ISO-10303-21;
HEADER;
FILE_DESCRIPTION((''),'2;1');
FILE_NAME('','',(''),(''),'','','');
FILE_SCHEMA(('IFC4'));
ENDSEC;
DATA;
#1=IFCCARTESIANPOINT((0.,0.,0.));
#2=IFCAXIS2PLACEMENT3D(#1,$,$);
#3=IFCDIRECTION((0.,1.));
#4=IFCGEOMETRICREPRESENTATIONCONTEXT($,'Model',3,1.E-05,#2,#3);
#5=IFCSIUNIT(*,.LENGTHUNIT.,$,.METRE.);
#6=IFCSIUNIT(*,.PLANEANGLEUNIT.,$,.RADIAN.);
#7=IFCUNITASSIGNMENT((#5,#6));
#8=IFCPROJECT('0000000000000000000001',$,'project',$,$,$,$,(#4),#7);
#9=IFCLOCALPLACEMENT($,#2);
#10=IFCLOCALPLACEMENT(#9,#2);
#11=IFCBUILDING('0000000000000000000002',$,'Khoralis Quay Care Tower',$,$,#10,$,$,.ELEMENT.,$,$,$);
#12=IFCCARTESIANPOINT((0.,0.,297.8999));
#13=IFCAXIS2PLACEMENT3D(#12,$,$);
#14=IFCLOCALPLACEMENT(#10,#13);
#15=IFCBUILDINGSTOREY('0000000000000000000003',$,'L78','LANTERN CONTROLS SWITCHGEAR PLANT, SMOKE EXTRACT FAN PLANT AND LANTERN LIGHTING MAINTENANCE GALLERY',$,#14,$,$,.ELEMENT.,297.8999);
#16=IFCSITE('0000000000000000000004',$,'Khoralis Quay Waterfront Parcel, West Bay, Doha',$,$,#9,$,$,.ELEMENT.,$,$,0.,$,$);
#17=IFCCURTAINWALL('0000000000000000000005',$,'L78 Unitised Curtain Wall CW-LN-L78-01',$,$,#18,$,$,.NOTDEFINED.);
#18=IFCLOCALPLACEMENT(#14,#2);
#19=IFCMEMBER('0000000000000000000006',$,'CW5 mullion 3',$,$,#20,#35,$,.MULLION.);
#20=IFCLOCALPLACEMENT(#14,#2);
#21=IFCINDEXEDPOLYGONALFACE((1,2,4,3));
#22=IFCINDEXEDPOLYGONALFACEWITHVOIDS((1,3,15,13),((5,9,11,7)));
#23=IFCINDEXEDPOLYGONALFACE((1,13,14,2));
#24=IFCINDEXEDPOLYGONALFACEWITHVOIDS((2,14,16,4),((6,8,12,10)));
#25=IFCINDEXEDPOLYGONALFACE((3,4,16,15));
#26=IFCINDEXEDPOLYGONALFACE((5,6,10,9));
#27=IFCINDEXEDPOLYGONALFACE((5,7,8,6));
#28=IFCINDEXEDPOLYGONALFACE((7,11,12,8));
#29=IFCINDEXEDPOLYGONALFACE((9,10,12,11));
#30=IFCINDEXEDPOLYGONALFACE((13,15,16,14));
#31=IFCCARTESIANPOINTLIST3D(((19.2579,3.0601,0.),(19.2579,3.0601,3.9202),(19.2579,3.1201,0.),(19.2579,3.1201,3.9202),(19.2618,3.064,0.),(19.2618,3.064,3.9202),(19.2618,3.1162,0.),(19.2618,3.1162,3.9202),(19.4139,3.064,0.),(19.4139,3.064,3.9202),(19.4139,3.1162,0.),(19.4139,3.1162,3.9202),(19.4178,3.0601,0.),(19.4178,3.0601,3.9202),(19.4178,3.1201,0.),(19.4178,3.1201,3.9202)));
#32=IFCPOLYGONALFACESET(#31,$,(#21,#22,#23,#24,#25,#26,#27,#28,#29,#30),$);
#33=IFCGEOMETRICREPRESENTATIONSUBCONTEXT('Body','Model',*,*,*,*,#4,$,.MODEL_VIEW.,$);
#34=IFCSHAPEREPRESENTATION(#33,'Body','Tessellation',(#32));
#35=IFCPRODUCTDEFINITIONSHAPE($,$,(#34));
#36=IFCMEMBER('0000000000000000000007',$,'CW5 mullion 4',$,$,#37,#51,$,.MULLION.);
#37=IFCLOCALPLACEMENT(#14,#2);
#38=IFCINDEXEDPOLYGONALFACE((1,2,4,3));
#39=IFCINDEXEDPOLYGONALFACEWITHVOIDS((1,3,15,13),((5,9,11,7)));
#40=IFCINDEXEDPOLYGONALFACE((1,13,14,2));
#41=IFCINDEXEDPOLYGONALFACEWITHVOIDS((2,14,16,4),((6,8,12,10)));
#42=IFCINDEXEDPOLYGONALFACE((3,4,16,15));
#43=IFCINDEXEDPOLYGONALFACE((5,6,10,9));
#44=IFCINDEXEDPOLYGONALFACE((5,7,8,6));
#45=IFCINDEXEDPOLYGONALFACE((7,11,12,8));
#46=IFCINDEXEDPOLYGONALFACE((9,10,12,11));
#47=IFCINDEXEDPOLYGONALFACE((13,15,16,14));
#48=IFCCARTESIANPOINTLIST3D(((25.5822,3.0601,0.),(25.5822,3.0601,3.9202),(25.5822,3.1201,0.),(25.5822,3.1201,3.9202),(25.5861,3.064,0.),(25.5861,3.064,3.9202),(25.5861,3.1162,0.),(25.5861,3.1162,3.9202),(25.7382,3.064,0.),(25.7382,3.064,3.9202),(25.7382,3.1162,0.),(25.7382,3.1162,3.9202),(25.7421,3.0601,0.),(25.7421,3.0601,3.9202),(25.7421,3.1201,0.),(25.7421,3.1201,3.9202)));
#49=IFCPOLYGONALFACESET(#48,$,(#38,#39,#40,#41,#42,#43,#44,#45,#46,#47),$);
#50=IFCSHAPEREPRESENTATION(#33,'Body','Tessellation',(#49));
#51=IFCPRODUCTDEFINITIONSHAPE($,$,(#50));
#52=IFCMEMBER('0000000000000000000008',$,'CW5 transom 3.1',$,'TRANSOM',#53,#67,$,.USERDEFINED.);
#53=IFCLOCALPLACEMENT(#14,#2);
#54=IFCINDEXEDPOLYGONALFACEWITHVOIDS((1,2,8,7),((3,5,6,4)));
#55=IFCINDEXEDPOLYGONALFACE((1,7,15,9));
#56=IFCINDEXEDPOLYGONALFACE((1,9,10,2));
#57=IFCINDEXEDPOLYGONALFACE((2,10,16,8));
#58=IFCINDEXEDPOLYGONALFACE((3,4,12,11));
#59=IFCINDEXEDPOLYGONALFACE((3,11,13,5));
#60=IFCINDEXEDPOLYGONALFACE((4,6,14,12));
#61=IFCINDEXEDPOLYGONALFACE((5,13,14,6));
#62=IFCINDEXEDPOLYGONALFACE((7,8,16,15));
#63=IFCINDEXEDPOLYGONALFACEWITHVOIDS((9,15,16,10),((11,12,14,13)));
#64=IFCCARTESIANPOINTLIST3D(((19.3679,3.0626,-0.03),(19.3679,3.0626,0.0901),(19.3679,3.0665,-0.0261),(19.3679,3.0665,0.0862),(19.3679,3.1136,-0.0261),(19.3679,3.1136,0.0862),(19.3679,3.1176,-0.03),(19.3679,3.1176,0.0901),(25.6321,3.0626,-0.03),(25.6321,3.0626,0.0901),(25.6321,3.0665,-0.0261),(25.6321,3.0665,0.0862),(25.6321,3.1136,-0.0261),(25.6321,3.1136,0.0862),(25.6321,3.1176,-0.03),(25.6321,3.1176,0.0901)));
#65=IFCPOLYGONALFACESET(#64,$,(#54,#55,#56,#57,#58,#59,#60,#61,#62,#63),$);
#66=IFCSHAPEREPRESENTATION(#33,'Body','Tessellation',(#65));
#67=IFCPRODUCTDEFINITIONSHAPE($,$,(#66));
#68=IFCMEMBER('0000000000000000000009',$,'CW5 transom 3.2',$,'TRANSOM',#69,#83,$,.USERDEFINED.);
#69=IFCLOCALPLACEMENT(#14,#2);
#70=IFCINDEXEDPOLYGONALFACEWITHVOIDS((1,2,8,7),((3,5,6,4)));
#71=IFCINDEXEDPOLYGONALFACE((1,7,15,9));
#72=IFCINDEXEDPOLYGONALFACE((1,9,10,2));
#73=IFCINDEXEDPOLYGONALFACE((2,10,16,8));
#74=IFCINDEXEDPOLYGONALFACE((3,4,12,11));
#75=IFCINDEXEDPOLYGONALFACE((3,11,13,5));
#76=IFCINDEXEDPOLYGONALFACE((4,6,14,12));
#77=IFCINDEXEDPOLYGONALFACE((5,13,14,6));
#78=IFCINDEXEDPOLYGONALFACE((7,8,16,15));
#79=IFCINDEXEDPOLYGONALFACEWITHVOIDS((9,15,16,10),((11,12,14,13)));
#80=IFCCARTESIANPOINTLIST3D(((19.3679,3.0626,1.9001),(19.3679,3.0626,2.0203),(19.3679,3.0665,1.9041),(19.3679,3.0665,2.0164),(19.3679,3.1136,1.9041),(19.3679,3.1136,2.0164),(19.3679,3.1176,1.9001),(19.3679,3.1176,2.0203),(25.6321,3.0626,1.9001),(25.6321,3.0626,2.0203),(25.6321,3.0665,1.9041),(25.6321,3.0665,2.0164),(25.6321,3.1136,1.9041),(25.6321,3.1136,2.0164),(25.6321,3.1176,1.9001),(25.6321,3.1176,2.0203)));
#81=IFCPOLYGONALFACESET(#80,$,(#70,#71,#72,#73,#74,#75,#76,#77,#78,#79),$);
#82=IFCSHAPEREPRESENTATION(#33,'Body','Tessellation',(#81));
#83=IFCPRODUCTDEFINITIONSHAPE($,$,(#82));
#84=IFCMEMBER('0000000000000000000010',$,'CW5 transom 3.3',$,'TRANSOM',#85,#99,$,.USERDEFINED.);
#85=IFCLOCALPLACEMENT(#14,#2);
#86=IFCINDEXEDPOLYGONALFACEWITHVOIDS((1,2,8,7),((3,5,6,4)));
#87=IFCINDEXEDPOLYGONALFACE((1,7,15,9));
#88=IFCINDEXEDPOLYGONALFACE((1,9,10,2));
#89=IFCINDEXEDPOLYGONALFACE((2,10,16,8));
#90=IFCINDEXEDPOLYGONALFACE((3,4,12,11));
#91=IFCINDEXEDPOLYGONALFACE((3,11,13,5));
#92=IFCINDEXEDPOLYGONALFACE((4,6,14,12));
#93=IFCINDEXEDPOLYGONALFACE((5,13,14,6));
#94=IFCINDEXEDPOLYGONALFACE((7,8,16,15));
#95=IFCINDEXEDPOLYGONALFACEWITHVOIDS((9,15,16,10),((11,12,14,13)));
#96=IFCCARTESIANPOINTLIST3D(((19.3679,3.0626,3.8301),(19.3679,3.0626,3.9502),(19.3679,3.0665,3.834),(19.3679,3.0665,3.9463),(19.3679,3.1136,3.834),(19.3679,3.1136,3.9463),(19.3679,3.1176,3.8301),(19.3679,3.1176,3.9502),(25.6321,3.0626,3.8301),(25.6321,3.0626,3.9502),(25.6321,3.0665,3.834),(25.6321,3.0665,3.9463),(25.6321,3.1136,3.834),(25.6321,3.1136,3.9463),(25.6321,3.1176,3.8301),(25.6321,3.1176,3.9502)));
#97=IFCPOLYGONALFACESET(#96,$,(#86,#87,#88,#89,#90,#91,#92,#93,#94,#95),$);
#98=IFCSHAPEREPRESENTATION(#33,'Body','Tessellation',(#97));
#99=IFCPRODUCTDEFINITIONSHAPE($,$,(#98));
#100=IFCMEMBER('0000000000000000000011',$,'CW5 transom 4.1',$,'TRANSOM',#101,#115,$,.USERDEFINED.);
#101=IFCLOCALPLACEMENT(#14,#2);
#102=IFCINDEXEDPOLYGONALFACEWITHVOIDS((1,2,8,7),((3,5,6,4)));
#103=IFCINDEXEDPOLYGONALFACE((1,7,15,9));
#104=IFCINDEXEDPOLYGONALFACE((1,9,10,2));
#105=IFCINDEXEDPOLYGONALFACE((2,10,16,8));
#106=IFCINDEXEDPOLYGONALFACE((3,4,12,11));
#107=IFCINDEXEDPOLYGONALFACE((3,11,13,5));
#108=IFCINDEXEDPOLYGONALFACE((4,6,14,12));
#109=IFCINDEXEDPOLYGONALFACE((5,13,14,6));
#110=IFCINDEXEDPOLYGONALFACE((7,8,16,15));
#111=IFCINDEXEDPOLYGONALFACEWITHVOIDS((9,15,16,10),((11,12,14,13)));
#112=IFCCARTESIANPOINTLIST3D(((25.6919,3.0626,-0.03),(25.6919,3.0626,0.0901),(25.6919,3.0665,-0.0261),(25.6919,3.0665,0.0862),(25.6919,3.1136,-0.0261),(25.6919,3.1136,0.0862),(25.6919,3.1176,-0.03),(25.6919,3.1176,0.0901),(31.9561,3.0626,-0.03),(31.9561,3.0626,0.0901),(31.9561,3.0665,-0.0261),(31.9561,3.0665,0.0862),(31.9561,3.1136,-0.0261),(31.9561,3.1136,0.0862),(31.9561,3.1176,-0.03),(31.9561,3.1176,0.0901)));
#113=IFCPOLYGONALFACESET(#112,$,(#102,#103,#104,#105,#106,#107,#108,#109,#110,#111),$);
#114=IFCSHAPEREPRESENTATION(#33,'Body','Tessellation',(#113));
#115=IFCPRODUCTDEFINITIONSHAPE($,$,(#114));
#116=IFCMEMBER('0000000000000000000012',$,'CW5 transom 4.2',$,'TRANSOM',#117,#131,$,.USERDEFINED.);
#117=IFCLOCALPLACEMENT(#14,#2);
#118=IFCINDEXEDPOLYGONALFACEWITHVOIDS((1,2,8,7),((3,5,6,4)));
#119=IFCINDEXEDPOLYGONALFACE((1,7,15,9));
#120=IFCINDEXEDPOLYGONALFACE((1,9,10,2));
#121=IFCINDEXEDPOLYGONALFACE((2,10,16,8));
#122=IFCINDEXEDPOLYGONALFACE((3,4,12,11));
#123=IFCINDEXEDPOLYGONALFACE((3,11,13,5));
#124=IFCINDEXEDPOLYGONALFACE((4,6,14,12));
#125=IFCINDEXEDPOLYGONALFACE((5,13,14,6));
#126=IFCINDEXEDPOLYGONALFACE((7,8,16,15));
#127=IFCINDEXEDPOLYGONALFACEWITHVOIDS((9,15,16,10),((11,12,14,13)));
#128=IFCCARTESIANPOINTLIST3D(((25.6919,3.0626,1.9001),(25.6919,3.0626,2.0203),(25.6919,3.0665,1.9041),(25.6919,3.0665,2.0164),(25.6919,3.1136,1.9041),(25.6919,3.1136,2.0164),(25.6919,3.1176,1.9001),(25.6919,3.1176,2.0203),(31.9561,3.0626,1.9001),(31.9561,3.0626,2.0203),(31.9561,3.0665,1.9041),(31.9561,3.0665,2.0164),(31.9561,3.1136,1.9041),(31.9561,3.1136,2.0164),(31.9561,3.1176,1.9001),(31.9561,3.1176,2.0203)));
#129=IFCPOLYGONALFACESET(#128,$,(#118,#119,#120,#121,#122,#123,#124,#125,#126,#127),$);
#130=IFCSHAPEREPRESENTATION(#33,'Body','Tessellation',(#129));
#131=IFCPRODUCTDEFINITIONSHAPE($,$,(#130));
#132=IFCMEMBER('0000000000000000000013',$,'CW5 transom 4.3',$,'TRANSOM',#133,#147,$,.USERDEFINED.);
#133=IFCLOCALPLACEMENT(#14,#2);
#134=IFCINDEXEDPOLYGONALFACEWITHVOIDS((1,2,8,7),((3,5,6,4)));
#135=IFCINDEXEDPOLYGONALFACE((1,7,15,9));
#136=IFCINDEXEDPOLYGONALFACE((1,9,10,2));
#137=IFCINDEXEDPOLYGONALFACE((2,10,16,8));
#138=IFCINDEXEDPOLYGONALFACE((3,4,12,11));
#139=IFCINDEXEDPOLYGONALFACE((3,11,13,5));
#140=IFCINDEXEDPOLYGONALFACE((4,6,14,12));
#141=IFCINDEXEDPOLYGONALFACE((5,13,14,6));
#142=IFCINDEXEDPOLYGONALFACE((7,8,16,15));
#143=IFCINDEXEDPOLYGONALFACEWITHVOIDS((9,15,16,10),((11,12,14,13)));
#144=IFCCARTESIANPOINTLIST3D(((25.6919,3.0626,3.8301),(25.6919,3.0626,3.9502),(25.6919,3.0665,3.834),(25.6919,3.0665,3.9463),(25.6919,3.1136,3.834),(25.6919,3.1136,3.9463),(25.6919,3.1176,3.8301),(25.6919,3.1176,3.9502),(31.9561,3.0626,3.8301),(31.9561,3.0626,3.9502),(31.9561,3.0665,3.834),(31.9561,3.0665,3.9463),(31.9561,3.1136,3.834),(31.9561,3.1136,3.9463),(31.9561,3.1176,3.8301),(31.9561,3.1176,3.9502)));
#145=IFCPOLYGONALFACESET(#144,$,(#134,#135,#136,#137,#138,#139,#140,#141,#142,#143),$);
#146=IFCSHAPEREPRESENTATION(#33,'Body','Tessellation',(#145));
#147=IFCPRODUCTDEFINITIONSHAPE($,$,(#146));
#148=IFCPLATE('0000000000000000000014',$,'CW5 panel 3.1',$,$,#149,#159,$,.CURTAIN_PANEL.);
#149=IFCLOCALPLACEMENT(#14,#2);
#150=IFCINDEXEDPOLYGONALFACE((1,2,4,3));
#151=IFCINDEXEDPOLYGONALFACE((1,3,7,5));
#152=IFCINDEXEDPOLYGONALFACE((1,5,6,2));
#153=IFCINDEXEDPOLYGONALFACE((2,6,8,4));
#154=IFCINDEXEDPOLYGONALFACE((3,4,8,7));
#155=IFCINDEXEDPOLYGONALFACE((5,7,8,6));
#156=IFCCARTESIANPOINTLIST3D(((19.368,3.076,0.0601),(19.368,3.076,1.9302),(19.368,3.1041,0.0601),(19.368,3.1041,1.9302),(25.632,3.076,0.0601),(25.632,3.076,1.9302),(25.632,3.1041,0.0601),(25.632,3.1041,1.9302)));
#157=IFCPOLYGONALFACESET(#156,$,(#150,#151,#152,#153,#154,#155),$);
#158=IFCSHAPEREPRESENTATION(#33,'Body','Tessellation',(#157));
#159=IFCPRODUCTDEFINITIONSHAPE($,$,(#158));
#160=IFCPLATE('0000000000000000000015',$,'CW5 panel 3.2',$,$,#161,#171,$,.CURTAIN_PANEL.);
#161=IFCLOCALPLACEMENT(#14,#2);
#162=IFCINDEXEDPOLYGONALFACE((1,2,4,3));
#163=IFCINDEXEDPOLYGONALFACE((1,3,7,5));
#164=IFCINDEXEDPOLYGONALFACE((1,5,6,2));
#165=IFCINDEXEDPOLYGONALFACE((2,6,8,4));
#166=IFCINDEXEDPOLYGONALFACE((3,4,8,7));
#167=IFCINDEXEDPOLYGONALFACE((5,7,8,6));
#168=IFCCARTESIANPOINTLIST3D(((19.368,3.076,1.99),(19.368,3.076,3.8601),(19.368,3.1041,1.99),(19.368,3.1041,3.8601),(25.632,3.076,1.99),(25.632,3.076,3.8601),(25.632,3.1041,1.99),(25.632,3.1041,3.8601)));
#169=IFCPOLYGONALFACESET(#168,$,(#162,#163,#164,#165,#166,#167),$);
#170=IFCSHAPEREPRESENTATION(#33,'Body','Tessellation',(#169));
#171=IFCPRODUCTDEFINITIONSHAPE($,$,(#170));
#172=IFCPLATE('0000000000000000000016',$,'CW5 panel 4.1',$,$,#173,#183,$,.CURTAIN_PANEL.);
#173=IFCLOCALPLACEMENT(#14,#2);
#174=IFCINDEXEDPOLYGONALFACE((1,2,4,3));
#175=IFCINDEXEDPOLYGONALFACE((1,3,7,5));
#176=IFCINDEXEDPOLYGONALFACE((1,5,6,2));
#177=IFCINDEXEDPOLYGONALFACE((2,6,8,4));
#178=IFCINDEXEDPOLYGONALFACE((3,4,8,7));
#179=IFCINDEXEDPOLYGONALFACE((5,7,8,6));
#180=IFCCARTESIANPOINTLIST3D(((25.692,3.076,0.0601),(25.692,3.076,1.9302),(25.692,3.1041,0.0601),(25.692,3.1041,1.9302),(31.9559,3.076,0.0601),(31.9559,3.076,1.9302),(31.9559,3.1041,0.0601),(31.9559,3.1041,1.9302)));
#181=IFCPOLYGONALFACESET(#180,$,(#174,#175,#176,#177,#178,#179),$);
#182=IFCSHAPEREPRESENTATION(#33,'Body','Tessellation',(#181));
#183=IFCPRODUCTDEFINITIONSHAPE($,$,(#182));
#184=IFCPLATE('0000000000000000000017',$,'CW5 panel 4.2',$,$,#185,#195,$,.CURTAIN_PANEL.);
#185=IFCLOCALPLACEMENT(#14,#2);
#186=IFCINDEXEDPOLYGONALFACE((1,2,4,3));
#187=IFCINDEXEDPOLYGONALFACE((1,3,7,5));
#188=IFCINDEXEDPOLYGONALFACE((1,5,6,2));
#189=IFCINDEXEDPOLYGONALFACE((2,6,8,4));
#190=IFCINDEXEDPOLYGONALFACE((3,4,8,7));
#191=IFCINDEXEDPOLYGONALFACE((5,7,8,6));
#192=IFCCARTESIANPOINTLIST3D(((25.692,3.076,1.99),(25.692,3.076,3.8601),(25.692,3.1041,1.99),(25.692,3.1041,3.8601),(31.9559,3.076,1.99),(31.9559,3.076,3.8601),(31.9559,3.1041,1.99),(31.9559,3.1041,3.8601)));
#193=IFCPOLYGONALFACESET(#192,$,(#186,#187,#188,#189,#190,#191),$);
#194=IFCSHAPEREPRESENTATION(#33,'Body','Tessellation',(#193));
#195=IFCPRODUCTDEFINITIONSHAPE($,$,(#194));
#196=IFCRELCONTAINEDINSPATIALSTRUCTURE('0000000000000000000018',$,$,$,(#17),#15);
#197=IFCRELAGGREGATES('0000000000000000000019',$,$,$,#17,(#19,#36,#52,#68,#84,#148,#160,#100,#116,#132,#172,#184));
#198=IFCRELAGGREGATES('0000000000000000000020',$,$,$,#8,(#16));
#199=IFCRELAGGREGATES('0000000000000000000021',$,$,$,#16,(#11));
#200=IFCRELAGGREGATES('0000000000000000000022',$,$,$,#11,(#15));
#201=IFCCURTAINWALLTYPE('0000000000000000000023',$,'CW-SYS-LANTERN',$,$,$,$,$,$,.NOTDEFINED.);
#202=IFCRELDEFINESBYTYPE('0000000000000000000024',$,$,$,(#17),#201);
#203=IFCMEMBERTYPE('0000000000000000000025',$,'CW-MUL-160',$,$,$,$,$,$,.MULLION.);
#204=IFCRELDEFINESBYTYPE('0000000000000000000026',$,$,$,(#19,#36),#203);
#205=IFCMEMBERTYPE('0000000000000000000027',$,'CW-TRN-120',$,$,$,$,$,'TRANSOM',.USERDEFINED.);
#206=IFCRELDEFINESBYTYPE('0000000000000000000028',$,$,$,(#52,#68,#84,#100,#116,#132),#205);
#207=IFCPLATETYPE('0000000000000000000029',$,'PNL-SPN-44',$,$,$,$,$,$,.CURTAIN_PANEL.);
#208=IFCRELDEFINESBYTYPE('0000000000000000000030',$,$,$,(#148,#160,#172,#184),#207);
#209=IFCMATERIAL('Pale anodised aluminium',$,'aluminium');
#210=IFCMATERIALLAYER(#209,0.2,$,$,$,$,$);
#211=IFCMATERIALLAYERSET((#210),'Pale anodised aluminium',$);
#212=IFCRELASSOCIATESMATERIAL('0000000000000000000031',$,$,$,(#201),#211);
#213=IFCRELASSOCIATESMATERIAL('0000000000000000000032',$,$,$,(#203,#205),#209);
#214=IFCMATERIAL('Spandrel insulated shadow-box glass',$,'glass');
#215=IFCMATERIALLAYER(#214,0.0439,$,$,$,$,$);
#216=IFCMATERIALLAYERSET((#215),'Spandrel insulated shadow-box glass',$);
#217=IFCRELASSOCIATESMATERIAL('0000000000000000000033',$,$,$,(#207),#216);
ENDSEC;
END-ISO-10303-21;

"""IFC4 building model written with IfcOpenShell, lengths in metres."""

from ifc_helpers import new_model, si_unit, direction, frame, origin, origin_2d, place, context, subcontext, project, spatial, rectangle, hollow_rectangle, extrude, source, transform, mapped, material, layer, layer_set, material_profile, profile_set, type_object, element, aggregate, save


model = new_model("IFC4")

# Units and contexts
model_context = context("Model", 3, precision=1e-05, world=origin(), true_north=direction((0.0, 1.0)))
body_context = subcontext(model_context, "Body", "Model", "MODEL_VIEW")
ifc_project = project(units=[si_unit("LENGTHUNIT", "METRE"), si_unit("PLANEANGLEUNIT", "RADIAN")], contexts=[model_context])

# Site, building, storey
site_placement = place(None, origin())
site = spatial("IfcSite", under=ifc_project, at=site_placement, Name="Khoralis Quay Waterfront Parcel, West Bay, Doha", CompositionType="ELEMENT", RefElevation=0.0)
building_placement = place(site_placement, origin())
building = spatial("IfcBuilding", under=site, at=building_placement, Name="Khoralis Quay Care Tower", CompositionType="ELEMENT")
storey_placement = place(building_placement, frame((0.0, 0.0, 297.8999)))
storey = spatial("IfcBuildingStorey", under=building, at=storey_placement, Name="L78", Description="LANTERN CONTROLS SWITCHGEAR PLANT, SMOKE EXTRACT FAN PLANT AND LANTERN LIGHTING MAINTENANCE GALLERY", CompositionType="ELEMENT", Elevation=297.8999)

# Curtain wall, members, plates
ifc_material_1 = material(Name="Pale anodised aluminium", Category="aluminium")
ifc_layer_1 = layer(ifc_material_1, 0.2)
ifc_layer_set_1 = layer_set([ifc_layer_1], Name="Pale anodised aluminium")
curtain_wall_type = type_object("IfcCurtainWallType", Name="CW-SYS-LANTERN", PredefinedType="NOTDEFINED", material=ifc_layer_set_1)
curtain_wall_placement = place(storey_placement, origin())
curtain_wall = element("IfcCurtainWall", 1, at=curtain_wall_placement, inside=storey, type_object=curtain_wall_type, Name="L78 Unitised Curtain Wall CW-LN-L78-01", PredefinedType="NOTDEFINED")
ifc_material_profile_1 = material_profile(ifc_material_1, hollow_rectangle(XDim=0.0601, YDim=0.1599, WallThickness=0.0039, at=origin_2d()), Name="Pale anodised aluminium")
ifc_profile_set_1 = profile_set([ifc_material_profile_1], Name="Pale anodised aluminium")
member_type_1 = type_object("IfcMemberType", Name="CW-MUL-160", PredefinedType="MULLION", material=ifc_profile_set_1)
shared_shape_1 = source(origin(), body_context, "Body", "SweptSolid", [
    extrude(hollow_rectangle(XDim=0.0601, YDim=0.1599, WallThickness=0.0039, at=origin_2d()), origin(), (0.0, 0.0, 1.0), 3.9202),
])
member_1_placement = place(storey_placement, frame((19.3379, 3.0901, 0.0), z_axis=(0.0, 0.0, 1.0), x_axis=(0.0, 1.0, 0.0)))
member_1 = element("IfcMember", 2, at=member_1_placement, type_object=member_type_1, Name="CW5 mullion 3", PredefinedType="MULLION", context=body_context, shape_type="MappedRepresentation", body=[
    mapped(shared_shape_1, transform((0.0, 0.0, 0.0), scale=1.0)),
])
member_2_placement = place(storey_placement, frame((25.6621, 3.0901, 0.0), z_axis=(0.0, 0.0, 1.0), x_axis=(0.0, 1.0, 0.0)))
member_2 = element("IfcMember", 3, at=member_2_placement, type_object=member_type_1, Name="CW5 mullion 4", PredefinedType="MULLION", context=body_context, shape_type="MappedRepresentation", body=[
    mapped(shared_shape_1, transform((0.0, 0.0, 0.0), scale=1.0)),
])
ifc_material_profile_2 = material_profile(ifc_material_1, hollow_rectangle(XDim=0.0549, YDim=0.1201, WallThickness=0.0039, at=origin_2d()), Name="Pale anodised aluminium")
ifc_profile_set_2 = profile_set([ifc_material_profile_2], Name="Pale anodised aluminium")
member_type_2 = type_object("IfcMemberType", Name="CW-TRN-120", ElementType="TRANSOM", PredefinedType="USERDEFINED", material=ifc_profile_set_2)
shared_shape_2 = source(origin(), body_context, "Body", "SweptSolid", [
    extrude(hollow_rectangle(XDim=0.0549, YDim=0.1201, WallThickness=0.0039, at=origin_2d()), origin(), (0.0, 0.0, 1.0), 6.2642),
])
member_3_placement = place(storey_placement, frame((19.3679, 3.0901, 0.03), z_axis=(1.0, 0.0, 0.0), x_axis=(0.0, 1.0, 0.0)))
member_3 = element("IfcMember", 4, at=member_3_placement, type_object=member_type_2, Name="CW5 transom 3.1", ObjectType="TRANSOM", PredefinedType="USERDEFINED", context=body_context, shape_type="MappedRepresentation", body=[
    mapped(shared_shape_2, transform((0.0, 0.0, 0.0), scale=1.0)),
])
member_4_placement = place(storey_placement, frame((19.3679, 3.0901, 1.9602), z_axis=(1.0, 0.0, 0.0), x_axis=(0.0, 1.0, 0.0)))
member_4 = element("IfcMember", 5, at=member_4_placement, type_object=member_type_2, Name="CW5 transom 3.2", ObjectType="TRANSOM", PredefinedType="USERDEFINED", context=body_context, shape_type="MappedRepresentation", body=[
    mapped(shared_shape_2, transform((0.0, 0.0, 0.0), scale=1.0)),
])
member_5_placement = place(storey_placement, frame((19.3679, 3.0901, 3.8901), z_axis=(1.0, 0.0, 0.0), x_axis=(0.0, 1.0, 0.0)))
member_5 = element("IfcMember", 6, at=member_5_placement, type_object=member_type_2, Name="CW5 transom 3.3", ObjectType="TRANSOM", PredefinedType="USERDEFINED", context=body_context, shape_type="MappedRepresentation", body=[
    mapped(shared_shape_2, transform((0.0, 0.0, 0.0), scale=1.0)),
])
member_6_placement = place(storey_placement, frame((25.6919, 3.0901, 0.03), z_axis=(1.0, 0.0, 0.0), x_axis=(0.0, 1.0, 0.0)))
member_6 = element("IfcMember", 7, at=member_6_placement, type_object=member_type_2, Name="CW5 transom 4.1", ObjectType="TRANSOM", PredefinedType="USERDEFINED", context=body_context, shape_type="MappedRepresentation", body=[
    mapped(shared_shape_2, transform((0.0, 0.0, 0.0), scale=1.0)),
])
member_7_placement = place(storey_placement, frame((25.6919, 3.0901, 1.9602), z_axis=(1.0, 0.0, 0.0), x_axis=(0.0, 1.0, 0.0)))
member_7 = element("IfcMember", 8, at=member_7_placement, type_object=member_type_2, Name="CW5 transom 4.2", ObjectType="TRANSOM", PredefinedType="USERDEFINED", context=body_context, shape_type="MappedRepresentation", body=[
    mapped(shared_shape_2, transform((0.0, 0.0, 0.0), scale=1.0)),
])
member_8_placement = place(storey_placement, frame((25.6919, 3.0901, 3.8901), z_axis=(1.0, 0.0, 0.0), x_axis=(0.0, 1.0, 0.0)))
member_8 = element("IfcMember", 9, at=member_8_placement, type_object=member_type_2, Name="CW5 transom 4.3", ObjectType="TRANSOM", PredefinedType="USERDEFINED", context=body_context, shape_type="MappedRepresentation", body=[
    mapped(shared_shape_2, transform((0.0, 0.0, 0.0), scale=1.0)),
])
ifc_material_2 = material(Name="Spandrel insulated shadow-box glass", Category="glass")
ifc_layer_2 = layer(ifc_material_2, 0.0439)
ifc_layer_set_2 = layer_set([ifc_layer_2], Name="Spandrel insulated shadow-box glass")
plate_type = type_object("IfcPlateType", Name="PNL-SPN-44", PredefinedType="CURTAIN_PANEL", material=ifc_layer_set_2)
shared_shape_3 = source(origin(), body_context, "Body", "SweptSolid", [
    extrude(rectangle(XDim=6.2639, YDim=0.0281, at=origin_2d()), origin(), (0.0, 0.0, 1.0), 1.8701),
])
plate_1_placement = place(storey_placement, frame((22.5, 3.0901, 0.0601), z_axis=(0.0, 0.0, 1.0), x_axis=(1.0, 0.0, 0.0)))
plate_1 = element("IfcPlate", 10, at=plate_1_placement, type_object=plate_type, Name="CW5 panel 3.1", PredefinedType="CURTAIN_PANEL", context=body_context, shape_type="MappedRepresentation", body=[
    mapped(shared_shape_3, transform((0.0, 0.0, 0.0), scale=1.0)),
])
plate_2_placement = place(storey_placement, frame((22.5, 3.0901, 1.99), z_axis=(0.0, 0.0, 1.0), x_axis=(1.0, 0.0, 0.0)))
plate_2 = element("IfcPlate", 11, at=plate_2_placement, type_object=plate_type, Name="CW5 panel 3.2", PredefinedType="CURTAIN_PANEL", context=body_context, shape_type="MappedRepresentation", body=[
    mapped(shared_shape_3, transform((0.0, 0.0, 0.0), scale=1.0)),
])
plate_3_placement = place(storey_placement, frame((28.824, 3.0901, 0.0601), z_axis=(0.0, 0.0, 1.0), x_axis=(1.0, 0.0, 0.0)))
plate_3 = element("IfcPlate", 12, at=plate_3_placement, type_object=plate_type, Name="CW5 panel 4.1", PredefinedType="CURTAIN_PANEL", context=body_context, shape_type="MappedRepresentation", body=[
    mapped(shared_shape_3, transform((0.0, 0.0, 0.0), scale=1.0)),
])
plate_4_placement = place(storey_placement, frame((28.824, 3.0901, 1.99), z_axis=(0.0, 0.0, 1.0), x_axis=(1.0, 0.0, 0.0)))
plate_4 = element("IfcPlate", 13, at=plate_4_placement, type_object=plate_type, Name="CW5 panel 4.2", PredefinedType="CURTAIN_PANEL", context=body_context, shape_type="MappedRepresentation", body=[
    mapped(shared_shape_3, transform((0.0, 0.0, 0.0), scale=1.0)),
])
aggregate(curtain_wall, [member_1, member_2, member_3, member_4, member_5, plate_1, plate_2, member_6, member_7, member_8, plate_3, plate_4])

save(model, "model.ifc")
